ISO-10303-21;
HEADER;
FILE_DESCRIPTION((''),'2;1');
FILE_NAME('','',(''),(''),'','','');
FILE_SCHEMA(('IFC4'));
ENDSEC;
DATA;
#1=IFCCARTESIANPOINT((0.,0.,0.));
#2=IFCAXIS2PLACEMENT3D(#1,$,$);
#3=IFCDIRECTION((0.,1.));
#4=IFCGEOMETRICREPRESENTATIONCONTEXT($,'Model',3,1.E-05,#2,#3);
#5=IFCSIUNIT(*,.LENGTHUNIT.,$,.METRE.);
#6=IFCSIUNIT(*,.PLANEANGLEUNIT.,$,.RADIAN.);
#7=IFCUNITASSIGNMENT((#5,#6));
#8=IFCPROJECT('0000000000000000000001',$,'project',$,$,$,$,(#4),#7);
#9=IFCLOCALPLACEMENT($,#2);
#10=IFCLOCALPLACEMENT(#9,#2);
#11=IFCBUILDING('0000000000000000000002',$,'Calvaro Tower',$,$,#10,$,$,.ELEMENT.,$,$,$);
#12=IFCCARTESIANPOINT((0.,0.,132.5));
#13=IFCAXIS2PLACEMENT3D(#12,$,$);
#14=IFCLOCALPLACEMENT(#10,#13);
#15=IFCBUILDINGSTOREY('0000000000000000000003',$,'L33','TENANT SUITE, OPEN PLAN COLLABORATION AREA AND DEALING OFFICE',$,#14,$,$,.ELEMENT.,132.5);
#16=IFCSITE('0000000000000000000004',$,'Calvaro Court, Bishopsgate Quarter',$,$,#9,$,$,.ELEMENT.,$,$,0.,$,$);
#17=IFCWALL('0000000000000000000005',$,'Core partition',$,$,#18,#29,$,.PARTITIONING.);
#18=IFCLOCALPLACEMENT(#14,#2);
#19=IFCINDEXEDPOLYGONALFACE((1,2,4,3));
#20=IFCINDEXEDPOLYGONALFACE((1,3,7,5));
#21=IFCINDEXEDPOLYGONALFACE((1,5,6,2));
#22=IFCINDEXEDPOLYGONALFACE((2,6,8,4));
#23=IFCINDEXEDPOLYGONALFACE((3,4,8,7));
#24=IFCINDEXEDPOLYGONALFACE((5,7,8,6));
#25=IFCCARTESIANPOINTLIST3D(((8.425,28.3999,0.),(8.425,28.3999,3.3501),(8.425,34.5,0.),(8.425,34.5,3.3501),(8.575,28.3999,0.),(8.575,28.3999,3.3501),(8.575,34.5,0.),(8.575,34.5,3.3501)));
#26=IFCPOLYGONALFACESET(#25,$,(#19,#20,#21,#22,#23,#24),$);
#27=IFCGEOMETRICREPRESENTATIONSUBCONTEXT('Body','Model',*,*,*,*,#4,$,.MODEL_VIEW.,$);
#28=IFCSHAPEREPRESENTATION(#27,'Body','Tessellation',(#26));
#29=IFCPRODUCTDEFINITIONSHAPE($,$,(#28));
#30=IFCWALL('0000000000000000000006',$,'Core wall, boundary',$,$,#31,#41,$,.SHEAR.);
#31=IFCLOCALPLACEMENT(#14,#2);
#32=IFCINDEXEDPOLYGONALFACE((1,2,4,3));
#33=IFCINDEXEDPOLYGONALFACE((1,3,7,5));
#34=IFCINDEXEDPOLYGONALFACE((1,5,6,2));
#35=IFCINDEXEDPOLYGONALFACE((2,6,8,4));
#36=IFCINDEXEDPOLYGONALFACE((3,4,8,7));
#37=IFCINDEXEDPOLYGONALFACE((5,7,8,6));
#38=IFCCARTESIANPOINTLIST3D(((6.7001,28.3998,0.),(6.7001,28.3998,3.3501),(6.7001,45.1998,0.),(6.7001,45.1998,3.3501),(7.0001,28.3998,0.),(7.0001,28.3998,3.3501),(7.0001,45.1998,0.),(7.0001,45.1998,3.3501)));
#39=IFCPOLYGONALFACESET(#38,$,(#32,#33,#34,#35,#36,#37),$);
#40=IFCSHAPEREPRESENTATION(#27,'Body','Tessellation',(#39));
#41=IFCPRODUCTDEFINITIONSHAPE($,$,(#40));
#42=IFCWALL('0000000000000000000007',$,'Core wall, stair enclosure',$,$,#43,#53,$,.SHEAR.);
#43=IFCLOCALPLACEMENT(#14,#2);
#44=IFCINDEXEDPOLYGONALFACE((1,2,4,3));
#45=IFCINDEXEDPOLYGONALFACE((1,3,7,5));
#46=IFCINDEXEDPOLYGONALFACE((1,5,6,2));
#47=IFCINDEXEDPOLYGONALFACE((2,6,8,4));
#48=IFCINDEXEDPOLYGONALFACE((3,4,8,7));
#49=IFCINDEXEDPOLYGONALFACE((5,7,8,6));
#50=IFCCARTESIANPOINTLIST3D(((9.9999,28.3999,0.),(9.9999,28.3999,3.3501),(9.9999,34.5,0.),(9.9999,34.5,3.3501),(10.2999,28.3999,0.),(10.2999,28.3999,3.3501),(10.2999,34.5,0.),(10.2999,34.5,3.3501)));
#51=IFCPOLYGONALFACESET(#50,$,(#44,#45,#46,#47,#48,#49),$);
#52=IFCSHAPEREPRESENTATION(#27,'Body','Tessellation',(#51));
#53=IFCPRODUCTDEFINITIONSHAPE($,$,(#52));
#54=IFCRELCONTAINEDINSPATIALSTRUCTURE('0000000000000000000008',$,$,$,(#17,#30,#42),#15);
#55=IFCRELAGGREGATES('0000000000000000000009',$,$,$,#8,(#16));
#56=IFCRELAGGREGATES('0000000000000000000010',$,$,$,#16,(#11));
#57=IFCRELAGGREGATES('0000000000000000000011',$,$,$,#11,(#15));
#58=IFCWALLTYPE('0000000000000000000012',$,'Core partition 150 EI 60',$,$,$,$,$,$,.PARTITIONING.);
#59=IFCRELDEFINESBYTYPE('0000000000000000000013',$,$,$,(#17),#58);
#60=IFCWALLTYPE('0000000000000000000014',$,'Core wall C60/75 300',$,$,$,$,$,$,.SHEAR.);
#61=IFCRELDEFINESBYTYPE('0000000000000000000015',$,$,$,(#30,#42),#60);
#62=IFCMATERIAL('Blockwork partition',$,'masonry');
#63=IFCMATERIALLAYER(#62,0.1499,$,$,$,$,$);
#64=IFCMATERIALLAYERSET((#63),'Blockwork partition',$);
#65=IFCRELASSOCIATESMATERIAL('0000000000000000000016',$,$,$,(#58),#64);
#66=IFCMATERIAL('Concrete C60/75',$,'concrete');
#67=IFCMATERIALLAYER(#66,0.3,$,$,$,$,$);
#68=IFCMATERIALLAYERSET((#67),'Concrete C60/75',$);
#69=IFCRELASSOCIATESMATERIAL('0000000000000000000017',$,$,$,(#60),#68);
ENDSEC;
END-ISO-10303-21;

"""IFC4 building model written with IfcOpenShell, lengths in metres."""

from ifc_helpers import new_model, si_unit, direction, frame, frame_2d, origin, place, context, subcontext, project, spatial, rectangle, extrude, material, layer, layer_set, type_object, element, save


model = new_model("IFC4")

# Units and contexts
model_context = context("Model", 3, precision=1e-05, world=origin(), true_north=direction((0.0, 1.0)))
body_context = subcontext(model_context, "Body", "Model", "MODEL_VIEW")
ifc_project = project(units=[si_unit("LENGTHUNIT", "METRE"), si_unit("PLANEANGLEUNIT", "RADIAN")], contexts=[model_context])

# Site, building, storey
site_placement = place(None, origin())
site = spatial("IfcSite", under=ifc_project, at=site_placement, Name="Calvaro Court, Bishopsgate Quarter", CompositionType="ELEMENT", RefElevation=0.0)
building_placement = place(site_placement, origin())
building = spatial("IfcBuilding", under=site, at=building_placement, Name="Calvaro Tower", CompositionType="ELEMENT")
storey_placement = place(building_placement, frame((0.0, 0.0, 132.5)))
storey = spatial("IfcBuildingStorey", under=building, at=storey_placement, Name="L33", Description="TENANT SUITE, OPEN PLAN COLLABORATION AREA AND DEALING OFFICE", CompositionType="ELEMENT", Elevation=132.5)

# Walls
ifc_material_1 = material(Name="Blockwork partition", Category="masonry")
ifc_layer_1 = layer(ifc_material_1, 0.1499)
ifc_layer_set_1 = layer_set([ifc_layer_1], Name="Blockwork partition")
wall_type_1 = type_object("IfcWallType", Name="Core partition 150 EI 60", PredefinedType="PARTITIONING", material=ifc_layer_set_1)
wall_1_placement = place(storey_placement, frame((8.5, 28.3999, 0.0), z_axis=(0.0, 0.0, 1.0), x_axis=(0.0, 1.0, 0.0)))
element("IfcWall", 1, at=wall_1_placement, inside=storey, type_object=wall_type_1, Name="Core partition", PredefinedType="PARTITIONING", context=body_context, shape_type="SweptSolid", body=[
    extrude(rectangle(XDim=6.1001, YDim=0.1499, at=frame_2d((3.05, 0.0))), origin(), (0.0, 0.0, 1.0), 3.3501),
])
ifc_material_2 = material(Name="Concrete C60/75", Category="concrete")
ifc_layer_2 = layer(ifc_material_2, 0.3)
ifc_layer_set_2 = layer_set([ifc_layer_2], Name="Concrete C60/75")
wall_type_2 = type_object("IfcWallType", Name="Core wall C60/75 300", PredefinedType="SHEAR", material=ifc_layer_set_2)
wall_2_placement = place(storey_placement, frame((6.8501, 28.3999, 0.0), z_axis=(0.0, 0.0, 1.0), x_axis=(0.0, 1.0, 0.0)))
element("IfcWall", 2, at=wall_2_placement, inside=storey, type_object=wall_type_2, Name="Core wall, boundary", PredefinedType="SHEAR", context=body_context, shape_type="SweptSolid", body=[
    extrude(rectangle(XDim=16.8, YDim=0.3, at=frame_2d((8.3999, 0.0))), origin(), (0.0, 0.0, 1.0), 3.3501),
])
wall_3_placement = place(storey_placement, frame((10.1499, 28.3999, 0.0), z_axis=(0.0, 0.0, 1.0), x_axis=(0.0, 1.0, 0.0)))
element("IfcWall", 3, at=wall_3_placement, inside=storey, type_object=wall_type_2, Name="Core wall, stair enclosure", PredefinedType="SHEAR", context=body_context, shape_type="SweptSolid", body=[
    extrude(rectangle(XDim=6.1001, YDim=0.3, at=frame_2d((3.05, 0.0))), origin(), (0.0, 0.0, 1.0), 3.3501),
])

save(model, "model.ifc")
